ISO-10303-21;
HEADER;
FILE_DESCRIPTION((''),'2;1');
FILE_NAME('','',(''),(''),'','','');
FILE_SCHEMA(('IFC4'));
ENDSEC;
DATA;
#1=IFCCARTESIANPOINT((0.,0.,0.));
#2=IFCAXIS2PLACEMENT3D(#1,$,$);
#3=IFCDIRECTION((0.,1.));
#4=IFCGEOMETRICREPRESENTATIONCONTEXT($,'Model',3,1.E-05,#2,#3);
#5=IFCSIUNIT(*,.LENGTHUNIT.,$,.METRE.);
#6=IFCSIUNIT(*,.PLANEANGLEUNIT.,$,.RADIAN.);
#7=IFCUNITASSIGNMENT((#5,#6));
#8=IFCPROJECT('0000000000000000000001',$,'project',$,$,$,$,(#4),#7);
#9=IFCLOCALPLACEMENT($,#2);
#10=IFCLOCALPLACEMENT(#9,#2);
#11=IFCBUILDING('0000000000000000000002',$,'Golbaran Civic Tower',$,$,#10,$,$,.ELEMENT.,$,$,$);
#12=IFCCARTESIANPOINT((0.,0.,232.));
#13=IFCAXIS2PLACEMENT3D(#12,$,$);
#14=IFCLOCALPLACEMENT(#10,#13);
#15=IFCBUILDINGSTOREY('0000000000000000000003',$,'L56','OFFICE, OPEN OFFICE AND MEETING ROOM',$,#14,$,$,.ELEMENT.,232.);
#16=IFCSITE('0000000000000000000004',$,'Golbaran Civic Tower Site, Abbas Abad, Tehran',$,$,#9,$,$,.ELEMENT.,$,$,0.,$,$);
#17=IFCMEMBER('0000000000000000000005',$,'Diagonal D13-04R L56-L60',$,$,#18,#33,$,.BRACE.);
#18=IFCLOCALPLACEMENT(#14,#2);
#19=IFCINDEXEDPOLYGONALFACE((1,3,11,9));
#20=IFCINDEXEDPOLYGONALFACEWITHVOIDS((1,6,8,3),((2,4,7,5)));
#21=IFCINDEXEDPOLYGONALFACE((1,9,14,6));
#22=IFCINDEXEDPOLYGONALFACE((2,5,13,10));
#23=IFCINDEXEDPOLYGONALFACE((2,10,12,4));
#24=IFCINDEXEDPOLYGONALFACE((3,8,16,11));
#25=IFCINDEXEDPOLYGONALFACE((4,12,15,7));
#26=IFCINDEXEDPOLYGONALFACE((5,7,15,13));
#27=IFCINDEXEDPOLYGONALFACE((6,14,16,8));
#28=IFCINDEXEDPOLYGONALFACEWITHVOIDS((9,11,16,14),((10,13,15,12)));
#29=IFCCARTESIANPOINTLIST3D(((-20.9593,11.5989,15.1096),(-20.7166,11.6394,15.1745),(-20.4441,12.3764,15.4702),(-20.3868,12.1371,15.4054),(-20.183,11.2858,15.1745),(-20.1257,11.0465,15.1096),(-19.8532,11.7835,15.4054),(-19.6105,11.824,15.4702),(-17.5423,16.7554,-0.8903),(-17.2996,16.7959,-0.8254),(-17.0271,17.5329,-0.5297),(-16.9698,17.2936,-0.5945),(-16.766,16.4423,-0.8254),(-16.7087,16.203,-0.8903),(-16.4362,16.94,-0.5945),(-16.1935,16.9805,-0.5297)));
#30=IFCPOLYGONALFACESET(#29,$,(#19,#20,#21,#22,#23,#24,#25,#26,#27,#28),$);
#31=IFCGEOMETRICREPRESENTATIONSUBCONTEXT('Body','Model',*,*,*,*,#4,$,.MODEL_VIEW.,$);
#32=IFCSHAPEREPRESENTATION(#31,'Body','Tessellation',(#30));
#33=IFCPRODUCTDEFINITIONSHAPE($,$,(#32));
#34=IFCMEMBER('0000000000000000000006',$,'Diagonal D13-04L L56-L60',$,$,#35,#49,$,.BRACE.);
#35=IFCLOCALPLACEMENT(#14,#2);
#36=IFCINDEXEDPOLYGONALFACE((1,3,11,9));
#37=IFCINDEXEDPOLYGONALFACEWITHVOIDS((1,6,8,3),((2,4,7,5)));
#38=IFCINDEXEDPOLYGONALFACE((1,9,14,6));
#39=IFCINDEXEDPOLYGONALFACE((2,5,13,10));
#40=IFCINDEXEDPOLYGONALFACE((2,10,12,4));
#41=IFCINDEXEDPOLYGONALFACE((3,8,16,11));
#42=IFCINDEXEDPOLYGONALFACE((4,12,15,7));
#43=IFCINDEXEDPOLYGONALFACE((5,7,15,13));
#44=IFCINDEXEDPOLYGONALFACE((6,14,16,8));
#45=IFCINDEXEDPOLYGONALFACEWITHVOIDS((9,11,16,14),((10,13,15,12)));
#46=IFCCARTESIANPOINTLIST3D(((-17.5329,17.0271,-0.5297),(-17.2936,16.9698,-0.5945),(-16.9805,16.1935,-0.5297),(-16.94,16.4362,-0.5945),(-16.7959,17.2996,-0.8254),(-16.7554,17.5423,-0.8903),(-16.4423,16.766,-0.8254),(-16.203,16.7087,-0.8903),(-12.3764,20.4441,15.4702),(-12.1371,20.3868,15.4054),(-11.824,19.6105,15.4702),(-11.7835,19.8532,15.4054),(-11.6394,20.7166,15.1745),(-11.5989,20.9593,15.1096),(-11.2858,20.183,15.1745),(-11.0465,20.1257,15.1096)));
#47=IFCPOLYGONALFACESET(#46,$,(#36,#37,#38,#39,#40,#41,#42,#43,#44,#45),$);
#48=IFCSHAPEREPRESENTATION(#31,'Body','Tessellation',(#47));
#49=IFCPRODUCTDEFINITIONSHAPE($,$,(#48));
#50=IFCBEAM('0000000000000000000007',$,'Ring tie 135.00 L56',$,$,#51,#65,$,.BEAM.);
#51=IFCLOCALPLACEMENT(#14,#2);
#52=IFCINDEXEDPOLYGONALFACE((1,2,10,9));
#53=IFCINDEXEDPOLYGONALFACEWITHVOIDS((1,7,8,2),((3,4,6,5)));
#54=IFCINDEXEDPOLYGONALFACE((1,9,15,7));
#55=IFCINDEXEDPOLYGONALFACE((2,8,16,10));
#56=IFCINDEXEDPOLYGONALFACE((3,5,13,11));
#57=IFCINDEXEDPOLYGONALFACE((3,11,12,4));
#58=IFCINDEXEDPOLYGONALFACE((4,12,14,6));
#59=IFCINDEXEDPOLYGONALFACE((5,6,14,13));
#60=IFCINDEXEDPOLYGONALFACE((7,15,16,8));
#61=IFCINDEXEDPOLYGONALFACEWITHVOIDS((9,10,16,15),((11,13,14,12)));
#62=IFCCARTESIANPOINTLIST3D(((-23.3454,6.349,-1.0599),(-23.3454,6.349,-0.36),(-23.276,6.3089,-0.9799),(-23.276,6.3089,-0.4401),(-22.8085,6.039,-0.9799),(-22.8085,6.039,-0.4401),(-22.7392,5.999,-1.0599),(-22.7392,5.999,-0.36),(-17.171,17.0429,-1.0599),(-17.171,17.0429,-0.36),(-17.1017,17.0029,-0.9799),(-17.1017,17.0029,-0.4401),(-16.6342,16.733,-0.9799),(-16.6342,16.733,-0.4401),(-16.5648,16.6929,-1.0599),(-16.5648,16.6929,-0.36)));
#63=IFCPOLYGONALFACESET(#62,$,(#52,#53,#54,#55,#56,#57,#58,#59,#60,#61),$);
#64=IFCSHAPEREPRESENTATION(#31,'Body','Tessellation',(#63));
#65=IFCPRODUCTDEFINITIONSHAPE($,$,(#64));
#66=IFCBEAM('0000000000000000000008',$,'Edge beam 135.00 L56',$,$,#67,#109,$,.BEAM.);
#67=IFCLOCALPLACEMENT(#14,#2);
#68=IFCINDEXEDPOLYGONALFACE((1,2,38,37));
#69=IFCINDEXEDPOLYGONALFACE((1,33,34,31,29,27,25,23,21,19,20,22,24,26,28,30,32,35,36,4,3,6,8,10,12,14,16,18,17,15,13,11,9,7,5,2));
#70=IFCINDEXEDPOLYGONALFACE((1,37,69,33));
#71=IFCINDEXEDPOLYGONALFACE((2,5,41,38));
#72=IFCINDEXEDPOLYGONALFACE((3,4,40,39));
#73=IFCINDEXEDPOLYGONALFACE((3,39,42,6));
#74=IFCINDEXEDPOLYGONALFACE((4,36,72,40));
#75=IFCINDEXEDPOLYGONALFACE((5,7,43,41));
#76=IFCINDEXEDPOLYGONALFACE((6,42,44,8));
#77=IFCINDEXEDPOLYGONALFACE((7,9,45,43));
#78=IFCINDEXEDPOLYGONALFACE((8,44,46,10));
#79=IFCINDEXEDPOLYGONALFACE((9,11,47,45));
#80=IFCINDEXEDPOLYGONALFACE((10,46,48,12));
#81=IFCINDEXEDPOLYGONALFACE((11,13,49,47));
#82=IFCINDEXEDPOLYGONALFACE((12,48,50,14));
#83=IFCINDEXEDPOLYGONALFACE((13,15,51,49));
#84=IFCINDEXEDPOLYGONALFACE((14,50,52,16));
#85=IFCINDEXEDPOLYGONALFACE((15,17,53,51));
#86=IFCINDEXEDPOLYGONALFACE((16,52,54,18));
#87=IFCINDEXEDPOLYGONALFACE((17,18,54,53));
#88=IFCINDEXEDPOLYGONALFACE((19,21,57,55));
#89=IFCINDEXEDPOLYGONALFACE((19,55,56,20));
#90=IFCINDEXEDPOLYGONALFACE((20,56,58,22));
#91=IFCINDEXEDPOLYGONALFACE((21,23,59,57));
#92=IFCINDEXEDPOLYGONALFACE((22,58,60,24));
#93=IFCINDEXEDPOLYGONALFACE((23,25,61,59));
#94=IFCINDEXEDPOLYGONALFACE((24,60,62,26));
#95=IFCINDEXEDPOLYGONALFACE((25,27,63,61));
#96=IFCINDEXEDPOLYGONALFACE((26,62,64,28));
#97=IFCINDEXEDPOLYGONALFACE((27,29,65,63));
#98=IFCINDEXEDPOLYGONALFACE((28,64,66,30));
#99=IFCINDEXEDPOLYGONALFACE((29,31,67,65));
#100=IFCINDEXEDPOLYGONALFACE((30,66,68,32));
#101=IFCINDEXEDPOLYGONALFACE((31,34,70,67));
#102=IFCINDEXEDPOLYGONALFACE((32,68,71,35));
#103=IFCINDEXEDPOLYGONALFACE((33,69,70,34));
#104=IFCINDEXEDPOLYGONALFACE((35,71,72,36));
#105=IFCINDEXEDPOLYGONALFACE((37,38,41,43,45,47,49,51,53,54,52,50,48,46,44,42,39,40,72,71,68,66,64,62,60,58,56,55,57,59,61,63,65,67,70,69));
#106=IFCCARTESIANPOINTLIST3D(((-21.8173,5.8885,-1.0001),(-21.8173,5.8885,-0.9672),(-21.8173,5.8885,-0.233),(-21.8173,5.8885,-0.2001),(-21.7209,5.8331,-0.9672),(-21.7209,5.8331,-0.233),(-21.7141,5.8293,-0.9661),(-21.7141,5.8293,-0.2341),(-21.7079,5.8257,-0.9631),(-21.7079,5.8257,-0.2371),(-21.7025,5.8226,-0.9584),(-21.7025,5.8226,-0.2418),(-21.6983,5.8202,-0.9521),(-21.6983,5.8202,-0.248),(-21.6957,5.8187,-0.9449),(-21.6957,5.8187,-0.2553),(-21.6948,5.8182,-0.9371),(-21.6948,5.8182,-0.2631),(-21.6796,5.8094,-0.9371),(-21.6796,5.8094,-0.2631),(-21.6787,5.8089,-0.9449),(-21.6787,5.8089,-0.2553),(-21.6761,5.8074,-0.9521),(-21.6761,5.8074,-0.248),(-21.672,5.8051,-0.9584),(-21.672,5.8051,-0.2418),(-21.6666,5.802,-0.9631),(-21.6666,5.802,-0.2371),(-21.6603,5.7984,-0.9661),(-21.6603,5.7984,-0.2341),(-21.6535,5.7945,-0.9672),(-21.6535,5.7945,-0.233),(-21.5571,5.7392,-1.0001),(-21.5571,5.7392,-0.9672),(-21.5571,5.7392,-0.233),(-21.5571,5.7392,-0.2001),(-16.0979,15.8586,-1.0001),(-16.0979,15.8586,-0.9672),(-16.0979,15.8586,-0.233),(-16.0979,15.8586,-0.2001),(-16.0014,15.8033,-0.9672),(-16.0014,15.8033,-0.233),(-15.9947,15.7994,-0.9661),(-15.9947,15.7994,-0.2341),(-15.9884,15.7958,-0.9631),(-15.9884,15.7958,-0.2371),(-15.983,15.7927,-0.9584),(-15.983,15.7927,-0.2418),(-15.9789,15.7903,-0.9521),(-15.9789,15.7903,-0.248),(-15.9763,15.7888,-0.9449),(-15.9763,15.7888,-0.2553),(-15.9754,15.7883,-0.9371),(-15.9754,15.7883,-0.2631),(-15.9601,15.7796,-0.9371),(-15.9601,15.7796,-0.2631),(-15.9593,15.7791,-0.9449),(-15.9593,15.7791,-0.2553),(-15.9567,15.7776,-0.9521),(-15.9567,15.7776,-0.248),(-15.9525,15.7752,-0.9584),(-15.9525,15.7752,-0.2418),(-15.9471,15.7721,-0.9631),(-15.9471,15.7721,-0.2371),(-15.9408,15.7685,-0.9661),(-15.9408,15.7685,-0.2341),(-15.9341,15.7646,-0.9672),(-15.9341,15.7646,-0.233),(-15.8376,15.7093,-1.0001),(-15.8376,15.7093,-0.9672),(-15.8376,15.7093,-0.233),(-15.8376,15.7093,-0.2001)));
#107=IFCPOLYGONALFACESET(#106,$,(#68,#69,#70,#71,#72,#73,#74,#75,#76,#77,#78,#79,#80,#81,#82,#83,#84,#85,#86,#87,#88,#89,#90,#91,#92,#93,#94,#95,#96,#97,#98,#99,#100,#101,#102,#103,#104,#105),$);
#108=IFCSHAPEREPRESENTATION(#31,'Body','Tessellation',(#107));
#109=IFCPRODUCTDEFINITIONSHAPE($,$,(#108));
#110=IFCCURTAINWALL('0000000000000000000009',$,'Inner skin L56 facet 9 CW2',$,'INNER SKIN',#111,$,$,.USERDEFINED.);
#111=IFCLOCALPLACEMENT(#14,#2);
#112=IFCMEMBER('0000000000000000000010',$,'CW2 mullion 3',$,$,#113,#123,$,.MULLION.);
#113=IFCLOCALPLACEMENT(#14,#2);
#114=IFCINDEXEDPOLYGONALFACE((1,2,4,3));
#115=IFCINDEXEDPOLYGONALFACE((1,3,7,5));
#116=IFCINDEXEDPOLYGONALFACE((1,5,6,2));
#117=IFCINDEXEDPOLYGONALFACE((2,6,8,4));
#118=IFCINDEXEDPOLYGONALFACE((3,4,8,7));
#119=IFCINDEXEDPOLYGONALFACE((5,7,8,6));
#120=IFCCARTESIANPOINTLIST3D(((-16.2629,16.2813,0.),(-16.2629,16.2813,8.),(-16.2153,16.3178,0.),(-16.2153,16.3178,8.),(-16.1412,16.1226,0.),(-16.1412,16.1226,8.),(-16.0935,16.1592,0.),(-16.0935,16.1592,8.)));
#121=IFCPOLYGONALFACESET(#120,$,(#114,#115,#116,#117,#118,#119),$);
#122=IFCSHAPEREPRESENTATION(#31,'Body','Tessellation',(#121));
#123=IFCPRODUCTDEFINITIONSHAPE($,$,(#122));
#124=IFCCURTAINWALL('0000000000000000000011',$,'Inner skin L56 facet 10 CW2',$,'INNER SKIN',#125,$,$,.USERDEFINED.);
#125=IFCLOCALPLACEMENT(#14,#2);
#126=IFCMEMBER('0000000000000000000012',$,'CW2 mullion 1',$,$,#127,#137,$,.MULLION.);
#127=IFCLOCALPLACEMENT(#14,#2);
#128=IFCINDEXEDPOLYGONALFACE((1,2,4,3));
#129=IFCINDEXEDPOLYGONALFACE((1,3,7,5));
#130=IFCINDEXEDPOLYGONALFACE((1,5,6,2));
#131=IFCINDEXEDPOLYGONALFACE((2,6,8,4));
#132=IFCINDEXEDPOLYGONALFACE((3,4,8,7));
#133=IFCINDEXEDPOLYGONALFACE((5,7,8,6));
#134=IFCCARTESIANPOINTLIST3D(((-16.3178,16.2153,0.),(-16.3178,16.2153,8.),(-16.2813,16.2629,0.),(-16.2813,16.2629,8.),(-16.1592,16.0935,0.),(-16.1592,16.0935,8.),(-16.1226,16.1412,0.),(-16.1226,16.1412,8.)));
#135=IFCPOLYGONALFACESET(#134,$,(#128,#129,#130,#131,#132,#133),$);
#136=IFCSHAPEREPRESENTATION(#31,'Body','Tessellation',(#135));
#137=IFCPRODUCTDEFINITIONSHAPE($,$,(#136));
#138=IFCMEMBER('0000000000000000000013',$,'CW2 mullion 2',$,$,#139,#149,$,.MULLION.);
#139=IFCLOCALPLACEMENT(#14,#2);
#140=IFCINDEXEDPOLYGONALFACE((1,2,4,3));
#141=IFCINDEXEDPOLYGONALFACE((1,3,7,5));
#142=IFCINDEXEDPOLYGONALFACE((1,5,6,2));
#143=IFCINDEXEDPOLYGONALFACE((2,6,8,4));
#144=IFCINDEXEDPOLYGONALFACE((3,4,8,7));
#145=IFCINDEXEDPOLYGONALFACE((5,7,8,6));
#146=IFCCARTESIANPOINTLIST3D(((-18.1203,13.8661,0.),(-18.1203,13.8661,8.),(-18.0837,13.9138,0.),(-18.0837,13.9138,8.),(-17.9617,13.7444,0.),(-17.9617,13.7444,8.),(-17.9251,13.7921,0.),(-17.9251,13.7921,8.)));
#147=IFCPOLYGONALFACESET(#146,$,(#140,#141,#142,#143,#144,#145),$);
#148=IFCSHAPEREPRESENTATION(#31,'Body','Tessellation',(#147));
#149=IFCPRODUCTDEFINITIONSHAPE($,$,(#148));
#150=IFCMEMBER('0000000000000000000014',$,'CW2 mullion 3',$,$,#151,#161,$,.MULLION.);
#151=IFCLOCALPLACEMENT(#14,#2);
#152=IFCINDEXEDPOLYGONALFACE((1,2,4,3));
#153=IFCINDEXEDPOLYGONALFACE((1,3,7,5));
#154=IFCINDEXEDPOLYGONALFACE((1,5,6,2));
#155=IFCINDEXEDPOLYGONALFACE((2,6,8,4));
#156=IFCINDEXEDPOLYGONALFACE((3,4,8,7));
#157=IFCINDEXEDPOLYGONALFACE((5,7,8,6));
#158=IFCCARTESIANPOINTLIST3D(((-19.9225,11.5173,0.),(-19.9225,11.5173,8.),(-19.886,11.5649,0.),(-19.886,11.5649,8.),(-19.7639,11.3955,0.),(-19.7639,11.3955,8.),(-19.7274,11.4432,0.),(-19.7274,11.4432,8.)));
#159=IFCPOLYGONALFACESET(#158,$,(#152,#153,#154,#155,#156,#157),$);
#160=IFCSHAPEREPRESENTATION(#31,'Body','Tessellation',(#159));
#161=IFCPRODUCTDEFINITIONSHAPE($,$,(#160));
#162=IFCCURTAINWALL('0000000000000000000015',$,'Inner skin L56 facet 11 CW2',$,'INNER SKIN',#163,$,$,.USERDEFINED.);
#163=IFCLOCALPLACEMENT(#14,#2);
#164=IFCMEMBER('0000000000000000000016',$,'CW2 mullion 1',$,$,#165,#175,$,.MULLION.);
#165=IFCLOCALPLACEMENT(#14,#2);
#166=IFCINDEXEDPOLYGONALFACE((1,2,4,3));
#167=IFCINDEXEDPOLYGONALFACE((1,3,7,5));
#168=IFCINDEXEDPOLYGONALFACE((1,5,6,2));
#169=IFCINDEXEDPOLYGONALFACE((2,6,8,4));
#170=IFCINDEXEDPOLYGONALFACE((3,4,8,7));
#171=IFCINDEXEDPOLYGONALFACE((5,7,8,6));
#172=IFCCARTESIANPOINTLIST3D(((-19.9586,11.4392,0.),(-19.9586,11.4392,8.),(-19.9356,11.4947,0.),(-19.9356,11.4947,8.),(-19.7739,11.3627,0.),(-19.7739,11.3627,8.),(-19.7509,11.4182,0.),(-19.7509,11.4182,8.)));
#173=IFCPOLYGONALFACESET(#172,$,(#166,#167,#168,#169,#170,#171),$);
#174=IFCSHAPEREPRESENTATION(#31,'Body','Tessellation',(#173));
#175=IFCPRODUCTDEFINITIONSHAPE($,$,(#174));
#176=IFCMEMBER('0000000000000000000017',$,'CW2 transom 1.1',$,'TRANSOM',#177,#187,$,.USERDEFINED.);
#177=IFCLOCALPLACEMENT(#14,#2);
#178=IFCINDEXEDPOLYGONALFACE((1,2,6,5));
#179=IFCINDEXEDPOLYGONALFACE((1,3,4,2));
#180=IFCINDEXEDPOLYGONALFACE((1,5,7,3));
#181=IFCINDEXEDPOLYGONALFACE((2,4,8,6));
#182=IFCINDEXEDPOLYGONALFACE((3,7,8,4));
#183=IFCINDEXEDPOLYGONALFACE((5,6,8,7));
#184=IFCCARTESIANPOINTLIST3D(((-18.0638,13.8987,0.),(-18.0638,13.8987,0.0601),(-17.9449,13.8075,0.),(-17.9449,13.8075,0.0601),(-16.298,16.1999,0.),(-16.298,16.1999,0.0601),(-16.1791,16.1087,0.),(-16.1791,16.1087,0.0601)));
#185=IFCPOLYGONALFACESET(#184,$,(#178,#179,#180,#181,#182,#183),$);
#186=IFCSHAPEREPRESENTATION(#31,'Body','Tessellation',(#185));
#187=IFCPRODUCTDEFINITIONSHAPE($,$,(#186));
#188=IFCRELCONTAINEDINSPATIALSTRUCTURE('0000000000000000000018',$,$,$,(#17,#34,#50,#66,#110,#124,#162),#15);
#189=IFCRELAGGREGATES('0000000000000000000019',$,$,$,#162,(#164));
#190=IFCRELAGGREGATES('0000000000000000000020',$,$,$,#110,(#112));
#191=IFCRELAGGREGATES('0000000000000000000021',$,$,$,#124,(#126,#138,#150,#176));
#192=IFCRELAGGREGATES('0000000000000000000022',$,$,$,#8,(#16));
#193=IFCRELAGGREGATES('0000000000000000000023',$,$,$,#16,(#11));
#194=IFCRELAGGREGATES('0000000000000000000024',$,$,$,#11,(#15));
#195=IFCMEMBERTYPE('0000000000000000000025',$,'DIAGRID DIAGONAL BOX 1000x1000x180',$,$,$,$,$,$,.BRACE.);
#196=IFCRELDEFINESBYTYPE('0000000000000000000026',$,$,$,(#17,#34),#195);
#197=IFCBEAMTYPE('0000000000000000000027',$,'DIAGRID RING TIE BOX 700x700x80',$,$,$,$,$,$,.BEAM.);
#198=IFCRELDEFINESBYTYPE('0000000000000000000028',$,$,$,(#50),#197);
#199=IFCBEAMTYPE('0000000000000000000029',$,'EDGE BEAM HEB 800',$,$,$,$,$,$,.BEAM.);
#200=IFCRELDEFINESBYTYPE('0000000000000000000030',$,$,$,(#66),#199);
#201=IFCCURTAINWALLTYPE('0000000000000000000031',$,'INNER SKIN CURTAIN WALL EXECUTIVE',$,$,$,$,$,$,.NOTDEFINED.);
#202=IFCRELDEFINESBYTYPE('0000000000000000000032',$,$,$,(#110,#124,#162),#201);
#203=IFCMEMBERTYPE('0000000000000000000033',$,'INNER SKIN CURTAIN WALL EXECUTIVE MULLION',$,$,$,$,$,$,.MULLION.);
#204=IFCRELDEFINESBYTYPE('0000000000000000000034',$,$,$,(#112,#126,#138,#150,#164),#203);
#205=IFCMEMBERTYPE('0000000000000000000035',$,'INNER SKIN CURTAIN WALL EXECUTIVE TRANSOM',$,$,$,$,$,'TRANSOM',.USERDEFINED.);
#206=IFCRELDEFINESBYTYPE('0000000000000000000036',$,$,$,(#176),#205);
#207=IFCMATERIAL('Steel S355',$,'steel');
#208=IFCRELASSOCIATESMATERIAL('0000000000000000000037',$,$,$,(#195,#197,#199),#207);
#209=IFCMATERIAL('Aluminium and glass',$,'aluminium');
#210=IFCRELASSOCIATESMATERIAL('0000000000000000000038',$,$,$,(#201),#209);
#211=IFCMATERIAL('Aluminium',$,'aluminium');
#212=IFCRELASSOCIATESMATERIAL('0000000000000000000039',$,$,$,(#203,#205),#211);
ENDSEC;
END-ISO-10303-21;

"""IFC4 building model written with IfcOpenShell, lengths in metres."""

from ifc_helpers import new_model, si_unit, direction, frame, origin, origin_2d, place, context, subcontext, project, spatial, rectangle, hollow_rectangle, i_section, extrude, material, material_profile, profile_set, type_object, element, aggregate, save


model = new_model("IFC4")

# Units and contexts
model_context = context("Model", 3, precision=1e-05, world=origin(), true_north=direction((0.0, 1.0)))
body_context = subcontext(model_context, "Body", "Model", "MODEL_VIEW")
ifc_project = project(units=[si_unit("LENGTHUNIT", "METRE"), si_unit("PLANEANGLEUNIT", "RADIAN")], contexts=[model_context])

# Site, building, storey
site_placement = place(None, origin())
site = spatial("IfcSite", under=ifc_project, at=site_placement, Name="Golbaran Civic Tower Site, Abbas Abad, Tehran", CompositionType="ELEMENT", RefElevation=0.0)
building_placement = place(site_placement, origin())
building = spatial("IfcBuilding", under=site, at=building_placement, Name="Golbaran Civic Tower", CompositionType="ELEMENT")
storey_placement = place(building_placement, frame((0.0, 0.0, 232.0)))
storey = spatial("IfcBuildingStorey", under=building, at=storey_placement, Name="L56", Description="OFFICE, OPEN OFFICE AND MEETING ROOM", CompositionType="ELEMENT", Elevation=232.0)

# Members
ifc_material_1 = material(Name="Steel S355", Category="steel")
ifc_material_profile_1 = material_profile(ifc_material_1, hollow_rectangle(XDim=1.0, YDim=1.0, WallThickness=0.1799, at=origin_2d()), Name="BOX 1000x1000x180")
ifc_profile_set_1 = profile_set([ifc_material_profile_1], Name="Steel S355")
member_type_1 = type_object("IfcMemberType", Name="DIAGRID DIAGONAL BOX 1000x1000x180", PredefinedType="BRACE", material=ifc_profile_set_1)
for number, where, z_axis, x_axis, name in (
    (1, (-16.8679, 16.8679, -0.71), (-0.199193, -0.300597, 0.932718), (0.833589, -0.552385, 0.0), "Diagonal D13-04R L56-L60"),
    (2, (-16.8679, 16.8679, -0.71), (0.300597, 0.199193, 0.932718), (-0.552385, 0.833589, 0.0), "Diagonal D13-04L L56-L60"),
):
    element("IfcMember", number, at=place(storey_placement, frame(where, z_axis=z_axis, x_axis=x_axis)), inside=storey, type_object=member_type_1, Name=name, PredefinedType="BRACE", context=body_context, shape_type="SweptSolid", body=[
        extrude(hollow_rectangle(XDim=1.0, YDim=1.0, WallThickness=0.1799, at=origin_2d()), origin(), (0.0, 0.0, 1.0), 17.1541),
    ])

# Beams
ifc_material_profile_2 = material_profile(ifc_material_1, hollow_rectangle(XDim=0.7, YDim=0.7, WallThickness=0.0801, at=origin_2d()), Name="BOX 700x700x80")
ifc_profile_set_2 = profile_set([ifc_material_profile_2], Name="Steel S355")
beam_type_1 = type_object("IfcBeamType", Name="DIAGRID RING TIE BOX 700x700x80", PredefinedType="BEAM", material=ifc_profile_set_2)
beam_1_placement = place(storey_placement, frame((-16.8679, 16.8679, -0.71), z_axis=(-0.500013, -0.866018, 0.0), x_axis=(0.866018, -0.500013, 0.0)))
element("IfcBeam", 3, at=beam_1_placement, inside=storey, type_object=beam_type_1, Name="Ring tie 135.00 L56", PredefinedType="BEAM", context=body_context, shape_type="SweptSolid", body=[
    extrude(hollow_rectangle(XDim=0.7, YDim=0.7, WallThickness=0.0801, at=origin_2d()), origin(), (0.0, 0.0, 1.0), 12.3484),
])
ifc_material_profile_3 = material_profile(ifc_material_1, i_section(OverallWidth=0.3, OverallDepth=0.8, WebThickness=0.0176, FlangeThickness=0.033, FilletRadius=0.03, at=origin_2d()), Name="HEB 800")
ifc_profile_set_3 = profile_set([ifc_material_profile_3], Name="Steel S355")
beam_type_2 = type_object("IfcBeamType", Name="EDGE BEAM HEB 800", PredefinedType="BEAM", material=ifc_profile_set_3)
beam_2_placement = place(storey_placement, frame((-15.9678, 15.7839, -0.6001), z_axis=(-0.497595, -0.867409, 0.0), x_axis=(0.867409, -0.497595, 0.0)))
element("IfcBeam", 4, at=beam_2_placement, inside=storey, type_object=beam_type_2, Name="Edge beam 135.00 L56", PredefinedType="BEAM", context=body_context, shape_type="SweptSolid", body=[
    extrude(i_section(OverallWidth=0.3, OverallDepth=0.8, WebThickness=0.0176, FlangeThickness=0.033, FilletRadius=0.03, at=origin_2d()), origin(), (0.0, 0.0, 1.0), 11.4941),
])

# Curtain wall, member
ifc_material_2 = material(Name="Aluminium and glass", Category="aluminium")
curtain_wall_type_1 = type_object("IfcCurtainWallType", Name="INNER SKIN CURTAIN WALL EXECUTIVE", PredefinedType="NOTDEFINED", material=ifc_material_2)
curtain_wall_1_placement = place(storey_placement, origin())
curtain_wall_1 = element("IfcCurtainWall", 5, at=curtain_wall_1_placement, inside=storey, type_object=curtain_wall_type_1, Name="Inner skin L56 facet 9 CW2", ObjectType="INNER SKIN", PredefinedType="USERDEFINED")
ifc_material_3 = material(Name="Aluminium", Category="aluminium")
ifc_material_profile_4 = material_profile(ifc_material_3, rectangle(XDim=0.2, YDim=0.0601, at=origin_2d()), Name="INNER SKIN CURTAIN WALL EXECUTIVE MULLION")
ifc_profile_set_4 = profile_set([ifc_material_profile_4], Name="Aluminium")
member_type_2 = type_object("IfcMemberType", Name="INNER SKIN CURTAIN WALL EXECUTIVE MULLION", PredefinedType="MULLION", material=ifc_profile_set_4)
member_1_placement = place(storey_placement, frame((-16.1782, 16.2202, 0.0), z_axis=(0.0, 0.0, 1.0), x_axis=(0.608761, -0.793353, 0.0)))
member_1 = element("IfcMember", 6, at=member_1_placement, type_object=member_type_2, Name="CW2 mullion 3", PredefinedType="MULLION", context=body_context, shape_type="SweptSolid", body=[
    extrude(rectangle(XDim=0.2, YDim=0.0601, at=origin_2d()), origin(), (0.0, 0.0, 1.0), 8.0),
])

# Curtain wall, members
curtain_wall_2_placement = place(storey_placement, origin())
curtain_wall_2 = element("IfcCurtainWall", 7, at=curtain_wall_2_placement, inside=storey, type_object=curtain_wall_type_1, Name="Inner skin L56 facet 10 CW2", ObjectType="INNER SKIN", PredefinedType="USERDEFINED")
member_2_placement = place(storey_placement, frame((-16.2202, 16.1782, 0.0), z_axis=(0.0, 0.0, 1.0), x_axis=(0.793353, -0.608761, 0.0)))
member_2 = element("IfcMember", 8, at=member_2_placement, type_object=member_type_2, Name="CW2 mullion 1", PredefinedType="MULLION", context=body_context, shape_type="SweptSolid", body=[
    extrude(rectangle(XDim=0.2, YDim=0.0601, at=origin_2d()), origin(), (0.0, 0.0, 1.0), 8.0),
])
member_3_placement = place(storey_placement, frame((-18.0227, 13.8291, 0.0), z_axis=(0.0, 0.0, 1.0), x_axis=(0.793353, -0.608761, 0.0)))
member_3 = element("IfcMember", 9, at=member_3_placement, type_object=member_type_2, Name="CW2 mullion 2", PredefinedType="MULLION", context=body_context, shape_type="SweptSolid", body=[
    extrude(rectangle(XDim=0.2, YDim=0.0601, at=origin_2d()), origin(), (0.0, 0.0, 1.0), 8.0),
])
member_4_placement = place(storey_placement, frame((-19.825, 11.4802, 0.0), z_axis=(0.0, 0.0, 1.0), x_axis=(0.793353, -0.608761, 0.0)))
member_4 = element("IfcMember", 10, at=member_4_placement, type_object=member_type_2, Name="CW2 mullion 3", PredefinedType="MULLION", context=body_context, shape_type="SweptSolid", body=[
    extrude(rectangle(XDim=0.2, YDim=0.0601, at=origin_2d()), origin(), (0.0, 0.0, 1.0), 8.0),
])

# Curtain wall, member
curtain_wall_3_placement = place(storey_placement, origin())
curtain_wall_3 = element("IfcCurtainWall", 11, at=curtain_wall_3_placement, inside=storey, type_object=curtain_wall_type_1, Name="Inner skin L56 facet 11 CW2", ObjectType="INNER SKIN", PredefinedType="USERDEFINED")
member_5_placement = place(storey_placement, frame((-19.8547, 11.4287, 0.0), z_axis=(0.0, 0.0, 1.0), x_axis=(0.92388, -0.382683, 0.0)))
member_5 = element("IfcMember", 12, at=member_5_placement, type_object=member_type_2, Name="CW2 mullion 1", PredefinedType="MULLION", context=body_context, shape_type="SweptSolid", body=[
    extrude(rectangle(XDim=0.2, YDim=0.0601, at=origin_2d()), origin(), (0.0, 0.0, 1.0), 8.0),
])

# Member
ifc_material_profile_5 = material_profile(ifc_material_3, rectangle(XDim=0.1499, YDim=0.0601, at=origin_2d()), Name="INNER SKIN CURTAIN WALL EXECUTIVE TRANSOM")
ifc_profile_set_5 = profile_set([ifc_material_profile_5], Name="Aluminium")
member_type_3 = type_object("IfcMemberType", Name="INNER SKIN CURTAIN WALL EXECUTIVE TRANSOM", ElementType="TRANSOM", PredefinedType="USERDEFINED", material=ifc_profile_set_5)
member_6_placement = place(storey_placement, frame((-16.2385, 16.1543, 0.03), z_axis=(-0.608771, -0.793346, 0.0), x_axis=(0.793346, -0.608771, 0.0)))
member_6 = element("IfcMember", 13, at=member_6_placement, type_object=member_type_3, Name="CW2 transom 1.1", ObjectType="TRANSOM", PredefinedType="USERDEFINED", context=body_context, shape_type="SweptSolid", body=[
    extrude(rectangle(XDim=0.1499, YDim=0.0601, at=origin_2d()), origin(), (0.0, 0.0, 1.0), 2.9006),
])

aggregate(curtain_wall_3, [member_5])
aggregate(curtain_wall_1, [member_1])
aggregate(curtain_wall_2, [member_2, member_3, member_4, member_6])

save(model, "model.ifc")
